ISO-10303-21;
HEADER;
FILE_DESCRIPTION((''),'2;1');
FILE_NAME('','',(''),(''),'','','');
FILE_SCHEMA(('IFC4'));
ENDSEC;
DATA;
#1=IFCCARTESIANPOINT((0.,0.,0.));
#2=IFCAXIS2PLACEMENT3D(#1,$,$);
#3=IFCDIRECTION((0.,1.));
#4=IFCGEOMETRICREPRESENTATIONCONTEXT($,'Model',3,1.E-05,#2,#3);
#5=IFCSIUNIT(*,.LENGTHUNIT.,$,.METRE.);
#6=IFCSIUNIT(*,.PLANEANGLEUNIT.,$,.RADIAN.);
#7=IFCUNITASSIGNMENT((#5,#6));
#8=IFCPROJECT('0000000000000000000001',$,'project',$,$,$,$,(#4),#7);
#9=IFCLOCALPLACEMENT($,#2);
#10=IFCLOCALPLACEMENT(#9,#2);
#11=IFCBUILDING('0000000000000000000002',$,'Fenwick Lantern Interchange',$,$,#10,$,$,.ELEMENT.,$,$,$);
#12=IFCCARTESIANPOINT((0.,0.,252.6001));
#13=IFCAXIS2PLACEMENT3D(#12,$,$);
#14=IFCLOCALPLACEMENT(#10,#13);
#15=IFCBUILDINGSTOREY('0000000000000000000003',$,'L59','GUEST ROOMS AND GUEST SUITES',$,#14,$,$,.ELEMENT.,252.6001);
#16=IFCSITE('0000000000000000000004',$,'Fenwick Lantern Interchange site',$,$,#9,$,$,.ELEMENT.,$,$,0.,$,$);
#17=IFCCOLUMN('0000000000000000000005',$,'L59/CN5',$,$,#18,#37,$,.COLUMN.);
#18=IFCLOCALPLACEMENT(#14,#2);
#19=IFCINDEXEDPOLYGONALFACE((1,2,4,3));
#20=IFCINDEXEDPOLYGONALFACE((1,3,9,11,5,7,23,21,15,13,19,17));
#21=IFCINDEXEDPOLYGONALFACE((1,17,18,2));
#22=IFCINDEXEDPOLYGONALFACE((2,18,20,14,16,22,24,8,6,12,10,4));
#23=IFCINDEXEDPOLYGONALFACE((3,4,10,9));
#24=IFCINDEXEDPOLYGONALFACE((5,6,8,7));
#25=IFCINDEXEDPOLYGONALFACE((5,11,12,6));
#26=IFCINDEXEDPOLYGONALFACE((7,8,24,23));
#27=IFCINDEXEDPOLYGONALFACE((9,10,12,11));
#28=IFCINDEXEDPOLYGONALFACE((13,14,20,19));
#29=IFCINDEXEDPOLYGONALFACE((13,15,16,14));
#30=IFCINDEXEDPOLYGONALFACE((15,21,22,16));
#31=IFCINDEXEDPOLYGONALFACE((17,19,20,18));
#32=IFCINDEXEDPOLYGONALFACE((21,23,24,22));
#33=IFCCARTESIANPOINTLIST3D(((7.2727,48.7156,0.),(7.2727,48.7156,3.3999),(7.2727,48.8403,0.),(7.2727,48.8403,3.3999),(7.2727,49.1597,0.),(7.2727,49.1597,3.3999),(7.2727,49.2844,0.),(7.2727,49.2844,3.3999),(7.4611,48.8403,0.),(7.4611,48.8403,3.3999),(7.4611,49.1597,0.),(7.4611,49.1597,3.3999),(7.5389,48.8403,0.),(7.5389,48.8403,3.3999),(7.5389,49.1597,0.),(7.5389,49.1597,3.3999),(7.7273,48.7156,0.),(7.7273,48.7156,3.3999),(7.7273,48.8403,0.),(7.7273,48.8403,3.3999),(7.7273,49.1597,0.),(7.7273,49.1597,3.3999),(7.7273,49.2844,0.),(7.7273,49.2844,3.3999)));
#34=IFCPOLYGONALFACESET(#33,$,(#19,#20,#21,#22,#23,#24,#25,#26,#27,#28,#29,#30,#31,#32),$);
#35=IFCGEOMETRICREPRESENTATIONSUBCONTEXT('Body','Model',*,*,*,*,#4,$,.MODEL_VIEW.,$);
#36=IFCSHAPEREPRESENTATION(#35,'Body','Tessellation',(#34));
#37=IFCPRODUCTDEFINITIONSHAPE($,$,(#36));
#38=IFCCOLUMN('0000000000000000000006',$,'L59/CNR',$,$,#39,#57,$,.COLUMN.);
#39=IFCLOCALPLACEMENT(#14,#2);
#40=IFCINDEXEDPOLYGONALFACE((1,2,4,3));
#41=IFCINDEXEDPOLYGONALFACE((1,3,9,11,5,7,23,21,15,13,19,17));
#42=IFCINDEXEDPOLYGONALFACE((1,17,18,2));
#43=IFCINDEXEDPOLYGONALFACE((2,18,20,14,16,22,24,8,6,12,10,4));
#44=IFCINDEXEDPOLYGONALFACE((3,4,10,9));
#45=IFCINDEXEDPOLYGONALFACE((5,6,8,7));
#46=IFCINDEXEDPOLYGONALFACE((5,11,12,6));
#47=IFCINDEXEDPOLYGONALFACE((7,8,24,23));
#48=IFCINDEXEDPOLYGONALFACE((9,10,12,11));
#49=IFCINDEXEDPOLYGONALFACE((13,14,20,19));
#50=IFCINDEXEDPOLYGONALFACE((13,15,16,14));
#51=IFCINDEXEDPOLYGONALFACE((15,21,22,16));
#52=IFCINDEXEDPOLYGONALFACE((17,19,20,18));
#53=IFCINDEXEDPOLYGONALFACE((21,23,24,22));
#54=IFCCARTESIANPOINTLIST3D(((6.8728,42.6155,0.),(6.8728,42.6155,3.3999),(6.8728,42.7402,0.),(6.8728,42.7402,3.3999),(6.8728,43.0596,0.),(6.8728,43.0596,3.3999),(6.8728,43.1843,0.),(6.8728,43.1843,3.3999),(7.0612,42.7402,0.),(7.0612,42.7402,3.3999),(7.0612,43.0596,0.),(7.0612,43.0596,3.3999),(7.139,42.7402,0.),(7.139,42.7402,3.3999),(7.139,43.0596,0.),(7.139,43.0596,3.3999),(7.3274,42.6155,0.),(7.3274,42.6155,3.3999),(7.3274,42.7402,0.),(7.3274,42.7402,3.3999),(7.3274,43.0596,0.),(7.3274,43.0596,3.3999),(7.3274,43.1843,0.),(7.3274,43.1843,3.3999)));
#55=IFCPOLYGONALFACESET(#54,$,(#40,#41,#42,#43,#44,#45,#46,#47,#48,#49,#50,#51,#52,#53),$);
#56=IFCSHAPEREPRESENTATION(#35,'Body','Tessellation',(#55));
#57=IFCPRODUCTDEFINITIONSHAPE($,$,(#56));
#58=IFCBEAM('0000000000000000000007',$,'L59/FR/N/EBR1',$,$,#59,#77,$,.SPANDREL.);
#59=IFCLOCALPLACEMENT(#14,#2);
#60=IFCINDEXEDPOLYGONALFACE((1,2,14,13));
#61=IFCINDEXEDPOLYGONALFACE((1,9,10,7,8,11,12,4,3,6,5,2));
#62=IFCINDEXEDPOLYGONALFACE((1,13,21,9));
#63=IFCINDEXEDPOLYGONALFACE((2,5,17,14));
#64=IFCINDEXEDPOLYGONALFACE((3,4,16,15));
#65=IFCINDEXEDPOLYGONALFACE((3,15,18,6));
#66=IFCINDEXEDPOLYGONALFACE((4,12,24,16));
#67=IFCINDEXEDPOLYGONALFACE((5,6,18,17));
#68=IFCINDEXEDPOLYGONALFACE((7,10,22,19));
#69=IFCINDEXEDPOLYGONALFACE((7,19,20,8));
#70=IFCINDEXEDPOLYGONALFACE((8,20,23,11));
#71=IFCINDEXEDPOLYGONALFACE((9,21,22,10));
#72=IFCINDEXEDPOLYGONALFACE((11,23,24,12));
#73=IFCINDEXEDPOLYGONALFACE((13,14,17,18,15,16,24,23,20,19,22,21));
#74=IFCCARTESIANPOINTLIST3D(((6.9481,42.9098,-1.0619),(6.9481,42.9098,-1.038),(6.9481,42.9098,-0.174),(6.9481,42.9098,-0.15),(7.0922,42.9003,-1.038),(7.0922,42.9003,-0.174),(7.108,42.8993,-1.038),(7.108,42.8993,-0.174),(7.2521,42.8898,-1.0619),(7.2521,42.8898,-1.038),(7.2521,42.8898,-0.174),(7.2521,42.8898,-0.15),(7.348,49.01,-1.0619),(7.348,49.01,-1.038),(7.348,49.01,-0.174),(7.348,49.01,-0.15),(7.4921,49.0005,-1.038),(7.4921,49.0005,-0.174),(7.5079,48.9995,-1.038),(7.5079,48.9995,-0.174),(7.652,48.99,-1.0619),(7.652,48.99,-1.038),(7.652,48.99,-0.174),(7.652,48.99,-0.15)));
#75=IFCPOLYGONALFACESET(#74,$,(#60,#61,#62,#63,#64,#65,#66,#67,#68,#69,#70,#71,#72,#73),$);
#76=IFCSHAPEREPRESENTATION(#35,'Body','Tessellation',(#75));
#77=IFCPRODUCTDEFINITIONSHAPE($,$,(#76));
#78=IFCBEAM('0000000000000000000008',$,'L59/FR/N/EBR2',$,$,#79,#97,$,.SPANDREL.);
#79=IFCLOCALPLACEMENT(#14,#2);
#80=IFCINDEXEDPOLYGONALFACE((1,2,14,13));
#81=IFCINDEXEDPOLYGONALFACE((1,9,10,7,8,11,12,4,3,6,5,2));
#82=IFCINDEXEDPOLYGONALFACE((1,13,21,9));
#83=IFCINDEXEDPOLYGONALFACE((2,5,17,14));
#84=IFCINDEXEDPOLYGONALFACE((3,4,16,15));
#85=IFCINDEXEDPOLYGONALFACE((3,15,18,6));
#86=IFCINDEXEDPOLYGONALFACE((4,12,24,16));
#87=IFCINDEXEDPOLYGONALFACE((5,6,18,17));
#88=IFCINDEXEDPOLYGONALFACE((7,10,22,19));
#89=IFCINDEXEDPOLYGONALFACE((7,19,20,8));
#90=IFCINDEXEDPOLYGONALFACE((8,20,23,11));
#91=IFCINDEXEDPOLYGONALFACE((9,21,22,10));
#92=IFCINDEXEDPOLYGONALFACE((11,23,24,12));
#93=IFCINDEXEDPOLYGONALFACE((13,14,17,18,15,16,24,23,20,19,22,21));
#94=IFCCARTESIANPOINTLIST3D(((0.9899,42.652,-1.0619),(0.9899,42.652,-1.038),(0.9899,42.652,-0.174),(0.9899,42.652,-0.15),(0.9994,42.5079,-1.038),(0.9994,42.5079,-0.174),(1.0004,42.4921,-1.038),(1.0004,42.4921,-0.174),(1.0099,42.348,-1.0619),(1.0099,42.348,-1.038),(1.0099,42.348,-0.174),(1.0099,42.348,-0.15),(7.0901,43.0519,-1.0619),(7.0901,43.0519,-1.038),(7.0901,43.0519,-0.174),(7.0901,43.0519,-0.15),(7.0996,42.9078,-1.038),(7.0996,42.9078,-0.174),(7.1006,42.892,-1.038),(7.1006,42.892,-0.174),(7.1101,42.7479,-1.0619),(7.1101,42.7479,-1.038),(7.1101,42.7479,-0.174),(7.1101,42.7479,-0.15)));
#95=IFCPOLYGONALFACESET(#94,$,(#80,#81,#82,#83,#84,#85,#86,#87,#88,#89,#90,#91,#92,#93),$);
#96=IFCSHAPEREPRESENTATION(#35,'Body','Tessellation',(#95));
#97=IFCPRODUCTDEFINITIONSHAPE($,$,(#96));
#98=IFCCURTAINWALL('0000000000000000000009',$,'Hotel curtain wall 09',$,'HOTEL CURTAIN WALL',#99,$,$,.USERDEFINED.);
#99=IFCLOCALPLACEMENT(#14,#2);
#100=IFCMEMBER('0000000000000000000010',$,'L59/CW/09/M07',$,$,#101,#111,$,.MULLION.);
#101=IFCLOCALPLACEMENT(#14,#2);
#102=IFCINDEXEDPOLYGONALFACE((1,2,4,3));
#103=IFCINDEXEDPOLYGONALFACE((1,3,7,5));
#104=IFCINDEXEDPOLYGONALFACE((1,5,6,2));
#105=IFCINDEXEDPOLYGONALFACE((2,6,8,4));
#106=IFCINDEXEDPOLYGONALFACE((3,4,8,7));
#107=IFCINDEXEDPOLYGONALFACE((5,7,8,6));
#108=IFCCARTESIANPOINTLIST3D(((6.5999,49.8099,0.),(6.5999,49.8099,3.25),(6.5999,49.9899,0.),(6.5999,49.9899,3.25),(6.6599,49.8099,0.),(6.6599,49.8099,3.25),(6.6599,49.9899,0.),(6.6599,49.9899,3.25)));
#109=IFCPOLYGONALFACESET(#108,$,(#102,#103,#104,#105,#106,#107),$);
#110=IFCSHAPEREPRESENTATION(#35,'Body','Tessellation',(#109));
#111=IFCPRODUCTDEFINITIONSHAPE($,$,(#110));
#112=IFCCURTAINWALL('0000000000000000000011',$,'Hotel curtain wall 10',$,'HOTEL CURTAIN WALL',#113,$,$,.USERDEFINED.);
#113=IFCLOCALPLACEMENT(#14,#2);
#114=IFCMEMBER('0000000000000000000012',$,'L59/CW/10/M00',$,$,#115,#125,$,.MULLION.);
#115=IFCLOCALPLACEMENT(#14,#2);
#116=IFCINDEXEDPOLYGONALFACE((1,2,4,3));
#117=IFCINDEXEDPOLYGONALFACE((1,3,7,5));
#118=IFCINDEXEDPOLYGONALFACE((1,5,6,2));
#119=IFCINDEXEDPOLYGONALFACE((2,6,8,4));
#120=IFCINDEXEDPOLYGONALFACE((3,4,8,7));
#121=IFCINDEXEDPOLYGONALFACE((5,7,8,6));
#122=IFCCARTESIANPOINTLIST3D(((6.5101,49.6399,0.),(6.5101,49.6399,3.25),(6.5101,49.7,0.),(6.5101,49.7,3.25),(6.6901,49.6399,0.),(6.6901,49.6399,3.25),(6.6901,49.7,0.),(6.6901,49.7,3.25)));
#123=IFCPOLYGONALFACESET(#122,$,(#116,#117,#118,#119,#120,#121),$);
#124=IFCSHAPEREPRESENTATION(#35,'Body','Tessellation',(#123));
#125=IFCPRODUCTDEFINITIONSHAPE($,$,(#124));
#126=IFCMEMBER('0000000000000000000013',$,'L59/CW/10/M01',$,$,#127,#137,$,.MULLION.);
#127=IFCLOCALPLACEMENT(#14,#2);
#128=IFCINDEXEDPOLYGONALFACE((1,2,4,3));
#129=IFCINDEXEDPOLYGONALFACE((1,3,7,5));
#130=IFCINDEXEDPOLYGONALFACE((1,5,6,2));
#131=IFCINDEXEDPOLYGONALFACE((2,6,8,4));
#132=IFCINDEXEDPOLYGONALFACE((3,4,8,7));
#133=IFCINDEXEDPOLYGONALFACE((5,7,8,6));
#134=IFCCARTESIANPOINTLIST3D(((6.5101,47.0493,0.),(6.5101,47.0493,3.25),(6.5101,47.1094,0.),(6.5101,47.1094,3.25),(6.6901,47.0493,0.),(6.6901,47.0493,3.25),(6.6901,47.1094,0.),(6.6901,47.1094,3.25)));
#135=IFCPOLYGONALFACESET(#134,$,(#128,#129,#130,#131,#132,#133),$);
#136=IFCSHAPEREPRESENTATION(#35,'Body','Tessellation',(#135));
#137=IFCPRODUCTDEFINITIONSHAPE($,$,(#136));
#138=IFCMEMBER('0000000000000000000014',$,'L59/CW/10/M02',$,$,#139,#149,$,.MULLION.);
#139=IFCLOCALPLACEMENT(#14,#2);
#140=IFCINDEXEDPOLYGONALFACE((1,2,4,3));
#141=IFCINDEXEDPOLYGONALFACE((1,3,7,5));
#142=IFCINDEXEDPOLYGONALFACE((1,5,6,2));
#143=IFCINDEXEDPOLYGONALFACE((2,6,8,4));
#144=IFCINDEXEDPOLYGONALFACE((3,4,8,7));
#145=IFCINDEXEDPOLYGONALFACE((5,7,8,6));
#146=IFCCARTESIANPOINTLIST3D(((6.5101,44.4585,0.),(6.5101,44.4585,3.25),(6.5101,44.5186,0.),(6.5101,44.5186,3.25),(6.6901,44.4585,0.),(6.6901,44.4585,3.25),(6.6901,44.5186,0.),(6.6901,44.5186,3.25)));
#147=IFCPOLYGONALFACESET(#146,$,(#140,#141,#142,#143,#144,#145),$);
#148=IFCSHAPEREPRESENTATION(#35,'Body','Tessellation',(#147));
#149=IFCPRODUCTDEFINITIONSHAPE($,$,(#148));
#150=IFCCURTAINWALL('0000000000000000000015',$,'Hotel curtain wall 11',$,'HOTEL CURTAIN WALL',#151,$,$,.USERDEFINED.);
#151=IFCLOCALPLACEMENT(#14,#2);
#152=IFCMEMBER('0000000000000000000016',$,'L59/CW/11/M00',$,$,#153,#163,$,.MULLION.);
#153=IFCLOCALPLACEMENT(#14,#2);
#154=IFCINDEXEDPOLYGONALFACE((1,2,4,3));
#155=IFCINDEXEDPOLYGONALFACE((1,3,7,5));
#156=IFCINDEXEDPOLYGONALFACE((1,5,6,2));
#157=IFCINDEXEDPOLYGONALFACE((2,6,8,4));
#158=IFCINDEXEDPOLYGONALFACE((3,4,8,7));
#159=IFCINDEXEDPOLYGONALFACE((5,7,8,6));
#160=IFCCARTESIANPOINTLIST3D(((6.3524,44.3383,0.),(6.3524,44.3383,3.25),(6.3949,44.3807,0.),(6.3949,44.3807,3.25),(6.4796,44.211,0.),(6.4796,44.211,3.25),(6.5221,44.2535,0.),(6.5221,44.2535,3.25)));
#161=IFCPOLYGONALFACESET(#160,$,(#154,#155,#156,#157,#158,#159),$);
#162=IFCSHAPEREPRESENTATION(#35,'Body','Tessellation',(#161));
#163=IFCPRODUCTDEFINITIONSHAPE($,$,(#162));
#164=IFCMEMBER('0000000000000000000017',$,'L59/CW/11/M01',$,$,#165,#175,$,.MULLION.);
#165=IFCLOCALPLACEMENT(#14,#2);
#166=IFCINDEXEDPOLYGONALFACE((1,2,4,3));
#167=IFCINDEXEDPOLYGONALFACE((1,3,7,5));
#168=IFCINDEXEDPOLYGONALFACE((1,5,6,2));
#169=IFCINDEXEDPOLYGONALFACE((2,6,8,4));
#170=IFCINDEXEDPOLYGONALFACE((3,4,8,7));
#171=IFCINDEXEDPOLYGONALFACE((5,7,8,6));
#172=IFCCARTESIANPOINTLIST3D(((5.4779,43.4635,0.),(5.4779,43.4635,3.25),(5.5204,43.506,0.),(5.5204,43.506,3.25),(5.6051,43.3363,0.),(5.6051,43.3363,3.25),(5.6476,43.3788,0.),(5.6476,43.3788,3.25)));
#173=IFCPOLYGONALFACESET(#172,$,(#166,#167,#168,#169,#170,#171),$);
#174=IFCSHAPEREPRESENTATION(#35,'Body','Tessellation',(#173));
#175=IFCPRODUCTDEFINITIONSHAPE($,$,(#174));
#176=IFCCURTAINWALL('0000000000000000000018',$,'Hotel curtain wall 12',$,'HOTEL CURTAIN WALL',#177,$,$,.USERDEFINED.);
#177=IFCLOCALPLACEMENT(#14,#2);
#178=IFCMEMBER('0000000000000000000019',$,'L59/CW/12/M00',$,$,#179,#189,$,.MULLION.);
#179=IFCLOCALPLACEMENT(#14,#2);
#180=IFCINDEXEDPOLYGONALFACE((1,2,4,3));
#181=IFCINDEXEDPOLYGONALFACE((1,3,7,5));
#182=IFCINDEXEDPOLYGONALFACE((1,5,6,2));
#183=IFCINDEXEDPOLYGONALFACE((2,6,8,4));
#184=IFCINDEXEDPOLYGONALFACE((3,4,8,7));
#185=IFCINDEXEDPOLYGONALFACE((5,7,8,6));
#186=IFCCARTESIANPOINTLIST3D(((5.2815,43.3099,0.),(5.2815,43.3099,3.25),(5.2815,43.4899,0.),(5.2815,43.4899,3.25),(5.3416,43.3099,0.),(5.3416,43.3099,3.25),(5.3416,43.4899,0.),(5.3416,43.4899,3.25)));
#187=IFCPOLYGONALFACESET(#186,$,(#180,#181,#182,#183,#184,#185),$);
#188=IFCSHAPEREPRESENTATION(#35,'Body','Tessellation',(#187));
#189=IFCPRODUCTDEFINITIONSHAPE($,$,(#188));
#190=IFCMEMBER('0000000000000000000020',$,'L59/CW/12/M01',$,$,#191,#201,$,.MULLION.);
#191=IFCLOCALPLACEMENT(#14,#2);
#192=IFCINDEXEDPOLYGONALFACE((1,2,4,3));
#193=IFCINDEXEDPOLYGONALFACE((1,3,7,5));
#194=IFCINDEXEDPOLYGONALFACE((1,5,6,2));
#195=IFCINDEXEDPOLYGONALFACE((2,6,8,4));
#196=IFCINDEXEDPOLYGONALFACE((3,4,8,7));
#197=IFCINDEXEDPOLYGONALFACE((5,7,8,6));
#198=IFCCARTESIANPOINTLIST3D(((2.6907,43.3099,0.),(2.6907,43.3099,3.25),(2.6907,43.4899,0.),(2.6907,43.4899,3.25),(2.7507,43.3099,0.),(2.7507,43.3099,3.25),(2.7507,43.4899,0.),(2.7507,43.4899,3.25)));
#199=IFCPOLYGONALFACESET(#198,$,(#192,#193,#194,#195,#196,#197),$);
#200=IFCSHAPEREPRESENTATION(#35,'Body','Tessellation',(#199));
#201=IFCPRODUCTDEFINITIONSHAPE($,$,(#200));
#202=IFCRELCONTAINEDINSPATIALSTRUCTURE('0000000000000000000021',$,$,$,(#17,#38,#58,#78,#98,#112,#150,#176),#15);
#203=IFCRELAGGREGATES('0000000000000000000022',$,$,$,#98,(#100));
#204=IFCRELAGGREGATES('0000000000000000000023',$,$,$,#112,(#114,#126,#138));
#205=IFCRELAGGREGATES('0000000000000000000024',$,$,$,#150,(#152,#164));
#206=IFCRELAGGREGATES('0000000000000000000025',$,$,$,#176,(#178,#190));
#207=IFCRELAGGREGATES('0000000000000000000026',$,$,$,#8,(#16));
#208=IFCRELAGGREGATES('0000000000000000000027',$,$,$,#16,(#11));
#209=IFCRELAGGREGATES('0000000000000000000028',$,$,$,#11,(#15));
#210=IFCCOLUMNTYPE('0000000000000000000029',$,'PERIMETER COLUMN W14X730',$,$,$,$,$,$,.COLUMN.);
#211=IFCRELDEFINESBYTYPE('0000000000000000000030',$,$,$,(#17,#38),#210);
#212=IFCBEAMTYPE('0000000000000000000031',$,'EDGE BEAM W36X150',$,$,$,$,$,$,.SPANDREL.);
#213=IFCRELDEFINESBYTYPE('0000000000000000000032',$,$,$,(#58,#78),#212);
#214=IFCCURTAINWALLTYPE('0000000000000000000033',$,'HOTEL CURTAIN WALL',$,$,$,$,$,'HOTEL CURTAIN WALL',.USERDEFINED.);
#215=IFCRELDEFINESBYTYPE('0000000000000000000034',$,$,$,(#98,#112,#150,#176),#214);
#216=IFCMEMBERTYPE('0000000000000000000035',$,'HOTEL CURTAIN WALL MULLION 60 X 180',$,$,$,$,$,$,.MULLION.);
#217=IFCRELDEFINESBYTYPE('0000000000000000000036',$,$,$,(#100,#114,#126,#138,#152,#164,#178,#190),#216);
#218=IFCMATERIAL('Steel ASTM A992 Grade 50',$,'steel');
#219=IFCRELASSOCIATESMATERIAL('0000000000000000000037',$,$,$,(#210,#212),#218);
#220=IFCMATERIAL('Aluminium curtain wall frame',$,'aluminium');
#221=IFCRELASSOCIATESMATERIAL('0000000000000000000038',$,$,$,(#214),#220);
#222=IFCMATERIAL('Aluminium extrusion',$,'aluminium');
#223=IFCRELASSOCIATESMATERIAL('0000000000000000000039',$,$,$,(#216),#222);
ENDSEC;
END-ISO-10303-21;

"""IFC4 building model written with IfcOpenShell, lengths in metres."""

from ifc_helpers import new_model, si_unit, direction, frame, origin, origin_2d, place, context, subcontext, project, spatial, rectangle, i_section, extrude, material, material_profile, profile_set, type_object, element, aggregate, save


model = new_model("IFC4")

# Units and contexts
model_context = context("Model", 3, precision=1e-05, world=origin(), true_north=direction((0.0, 1.0)))
body_context = subcontext(model_context, "Body", "Model", "MODEL_VIEW")
ifc_project = project(units=[si_unit("LENGTHUNIT", "METRE"), si_unit("PLANEANGLEUNIT", "RADIAN")], contexts=[model_context])

# Site, building, storey
site_placement = place(None, origin())
site = spatial("IfcSite", under=ifc_project, at=site_placement, Name="Fenwick Lantern Interchange site", CompositionType="ELEMENT", RefElevation=0.0)
building_placement = place(site_placement, origin())
building = spatial("IfcBuilding", under=site, at=building_placement, Name="Fenwick Lantern Interchange", CompositionType="ELEMENT")
storey_placement = place(building_placement, frame((0.0, 0.0, 252.6001)))
storey = spatial("IfcBuildingStorey", under=building, at=storey_placement, Name="L59", Description="GUEST ROOMS AND GUEST SUITES", CompositionType="ELEMENT", Elevation=252.6001)

# Columns
ifc_material_1 = material(Name="Steel ASTM A992 Grade 50", Category="steel")
ifc_material_profile_1 = material_profile(ifc_material_1, i_section(OverallWidth=0.4546, OverallDepth=0.5688, WebThickness=0.0779, FlangeThickness=0.1248, at=origin_2d()), Name="W14X730")
ifc_profile_set_1 = profile_set([ifc_material_profile_1], Name="Steel ASTM A992 Grade 50")
column_type = type_object("IfcColumnType", Name="PERIMETER COLUMN W14X730", PredefinedType="COLUMN", material=ifc_profile_set_1)
for number, where, z_axis, x_axis, name in (
    (1, (7.5, 49.0, 0.0), (0.0, 0.0, 1.0), (1.0, 0.0, 0.0), "L59/CN5"),
    (2, (7.1001, 42.8999, 0.0), (0.0, 0.0, 1.0), (1.0, 0.0, 0.0), "L59/CNR"),
):
    element("IfcColumn", number, at=place(storey_placement, frame(where, z_axis=z_axis, x_axis=x_axis)), inside=storey, type_object=column_type, Name=name, PredefinedType="COLUMN", context=body_context, shape_type="SweptSolid", body=[
        extrude(i_section(OverallWidth=0.4546, OverallDepth=0.5688, WebThickness=0.0779, FlangeThickness=0.1248, at=origin_2d()), origin(), (0.0, 0.0, 1.0), 3.3999),
    ])

# Beams
ifc_material_profile_2 = material_profile(ifc_material_1, i_section(OverallWidth=0.3047, OverallDepth=0.9119, WebThickness=0.0159, FlangeThickness=0.0239, at=origin_2d()), Name="W36X150")
ifc_profile_set_2 = profile_set([ifc_material_profile_2], Name="Steel ASTM A992 Grade 50")
beam_type = type_object("IfcBeamType", Name="EDGE BEAM W36X150", PredefinedType="SPANDREL", material=ifc_profile_set_2)
for number, where, z_axis, x_axis, name in (
    (3, (7.5, 49.0, -0.606), (-0.065416, -0.997858, 0.0), (0.997858, -0.065416, 0.0), "L59/FR/N/EBR1"),
    (4, (7.1001, 42.8999, -0.606), (-0.997858, -0.065416, 0.0), (0.065416, -0.997858, 0.0), "L59/FR/N/EBR2"),
):
    element("IfcBeam", number, at=place(storey_placement, frame(where, z_axis=z_axis, x_axis=x_axis)), inside=storey, type_object=beam_type, Name=name, PredefinedType="SPANDREL", context=body_context, shape_type="SweptSolid", body=[
        extrude(i_section(OverallWidth=0.3047, OverallDepth=0.9119, WebThickness=0.0159, FlangeThickness=0.0239, at=origin_2d()), origin(), (0.0, 0.0, 1.0), 6.1133),
    ])

# Curtain wall, member
ifc_material_2 = material(Name="Aluminium curtain wall frame", Category="aluminium")
curtain_wall_type = type_object("IfcCurtainWallType", Name="HOTEL CURTAIN WALL", ElementType="HOTEL CURTAIN WALL", PredefinedType="USERDEFINED", material=ifc_material_2)
curtain_wall_1_placement = place(storey_placement, origin())
curtain_wall_1 = element("IfcCurtainWall", 5, at=curtain_wall_1_placement, inside=storey, type_object=curtain_wall_type, Name="Hotel curtain wall 09", ObjectType="HOTEL CURTAIN WALL", PredefinedType="USERDEFINED")
ifc_material_3 = material(Name="Aluminium extrusion", Category="aluminium")
ifc_material_profile_3 = material_profile(ifc_material_3, rectangle(XDim=0.1799, YDim=0.0601, at=origin_2d()), Name="HOTEL CURTAIN WALL MULLION 60 X 180")
ifc_profile_set_3 = profile_set([ifc_material_profile_3], Name="Aluminium extrusion")
member_type_1 = type_object("IfcMemberType", Name="HOTEL CURTAIN WALL MULLION 60 X 180", PredefinedType="MULLION", material=ifc_profile_set_3)
member_1_placement = place(storey_placement, frame((6.6299, 49.8999, 0.0), z_axis=(0.0, 0.0, 1.0), x_axis=(0.0, -1.0, 0.0)))
member_1 = element("IfcMember", 6, at=member_1_placement, type_object=member_type_1, Name="L59/CW/09/M07", PredefinedType="MULLION", context=body_context, shape_type="SweptSolid", body=[
    extrude(rectangle(XDim=0.1799, YDim=0.0601, at=origin_2d()), origin(), (0.0, 0.0, 1.0), 3.25),
])
aggregate(curtain_wall_1, [member_1])

# Curtain walls, members
curtain_wall_2_placement = place(storey_placement, origin())
curtain_wall_2 = element("IfcCurtainWall", 7, at=curtain_wall_2_placement, inside=storey, type_object=curtain_wall_type, Name="Hotel curtain wall 10", ObjectType="HOTEL CURTAIN WALL", PredefinedType="USERDEFINED")
member_2_placement = place(storey_placement, frame((6.6001, 49.6699, 0.0), z_axis=(0.0, 0.0, 1.0), x_axis=(1.0, 0.0, 0.0)))
member_2 = element("IfcMember", 8, at=member_2_placement, type_object=member_type_1, Name="L59/CW/10/M00", PredefinedType="MULLION", context=body_context, shape_type="SweptSolid", body=[
    extrude(rectangle(XDim=0.1799, YDim=0.0601, at=origin_2d()), origin(), (0.0, 0.0, 1.0), 3.25),
])
member_3_placement = place(storey_placement, frame((6.6001, 47.0793, 0.0), z_axis=(0.0, 0.0, 1.0), x_axis=(1.0, 0.0, 0.0)))
member_3 = element("IfcMember", 9, at=member_3_placement, type_object=member_type_1, Name="L59/CW/10/M01", PredefinedType="MULLION", context=body_context, shape_type="SweptSolid", body=[
    extrude(rectangle(XDim=0.1799, YDim=0.0601, at=origin_2d()), origin(), (0.0, 0.0, 1.0), 3.25),
])
member_4_placement = place(storey_placement, frame((6.6001, 44.4885, 0.0), z_axis=(0.0, 0.0, 1.0), x_axis=(1.0, 0.0, 0.0)))
member_4 = element("IfcMember", 10, at=member_4_placement, type_object=member_type_1, Name="L59/CW/10/M02", PredefinedType="MULLION", context=body_context, shape_type="SweptSolid", body=[
    extrude(rectangle(XDim=0.1799, YDim=0.0601, at=origin_2d()), origin(), (0.0, 0.0, 1.0), 3.25),
])
curtain_wall_3_placement = place(storey_placement, origin())
curtain_wall_3 = element("IfcCurtainWall", 11, at=curtain_wall_3_placement, inside=storey, type_object=curtain_wall_type, Name="Hotel curtain wall 11", ObjectType="HOTEL CURTAIN WALL", PredefinedType="USERDEFINED")
member_5_placement = place(storey_placement, frame((6.4373, 44.2959, 0.0), z_axis=(0.0, 0.0, 1.0), x_axis=(0.707107, -0.707107, 0.0)))
member_5 = element("IfcMember", 12, at=member_5_placement, type_object=member_type_1, Name="L59/CW/11/M00", PredefinedType="MULLION", context=body_context, shape_type="SweptSolid", body=[
    extrude(rectangle(XDim=0.1799, YDim=0.0601, at=origin_2d()), origin(), (0.0, 0.0, 1.0), 3.25),
])
member_6_placement = place(storey_placement, frame((5.5627, 43.4211, 0.0), z_axis=(0.0, 0.0, 1.0), x_axis=(0.707107, -0.707107, 0.0)))
member_6 = element("IfcMember", 13, at=member_6_placement, type_object=member_type_1, Name="L59/CW/11/M01", PredefinedType="MULLION", context=body_context, shape_type="SweptSolid", body=[
    extrude(rectangle(XDim=0.1799, YDim=0.0601, at=origin_2d()), origin(), (0.0, 0.0, 1.0), 3.25),
])
curtain_wall_4_placement = place(storey_placement, origin())
curtain_wall_4 = element("IfcCurtainWall", 14, at=curtain_wall_4_placement, inside=storey, type_object=curtain_wall_type, Name="Hotel curtain wall 12", ObjectType="HOTEL CURTAIN WALL", PredefinedType="USERDEFINED")
member_7_placement = place(storey_placement, frame((5.3115, 43.3999, 0.0), z_axis=(0.0, 0.0, 1.0), x_axis=(0.0, -1.0, 0.0)))
member_7 = element("IfcMember", 15, at=member_7_placement, type_object=member_type_1, Name="L59/CW/12/M00", PredefinedType="MULLION", context=body_context, shape_type="SweptSolid", body=[
    extrude(rectangle(XDim=0.1799, YDim=0.0601, at=origin_2d()), origin(), (0.0, 0.0, 1.0), 3.25),
])
member_8_placement = place(storey_placement, frame((2.7207, 43.3999, 0.0), z_axis=(0.0, 0.0, 1.0), x_axis=(0.0, -1.0, 0.0)))
member_8 = element("IfcMember", 16, at=member_8_placement, type_object=member_type_1, Name="L59/CW/12/M01", PredefinedType="MULLION", context=body_context, shape_type="SweptSolid", body=[
    extrude(rectangle(XDim=0.1799, YDim=0.0601, at=origin_2d()), origin(), (0.0, 0.0, 1.0), 3.25),
])

aggregate(curtain_wall_2, [member_2, member_3, member_4])
aggregate(curtain_wall_3, [member_5, member_6])
aggregate(curtain_wall_4, [member_7, member_8])

save(model, "model.ifc")
